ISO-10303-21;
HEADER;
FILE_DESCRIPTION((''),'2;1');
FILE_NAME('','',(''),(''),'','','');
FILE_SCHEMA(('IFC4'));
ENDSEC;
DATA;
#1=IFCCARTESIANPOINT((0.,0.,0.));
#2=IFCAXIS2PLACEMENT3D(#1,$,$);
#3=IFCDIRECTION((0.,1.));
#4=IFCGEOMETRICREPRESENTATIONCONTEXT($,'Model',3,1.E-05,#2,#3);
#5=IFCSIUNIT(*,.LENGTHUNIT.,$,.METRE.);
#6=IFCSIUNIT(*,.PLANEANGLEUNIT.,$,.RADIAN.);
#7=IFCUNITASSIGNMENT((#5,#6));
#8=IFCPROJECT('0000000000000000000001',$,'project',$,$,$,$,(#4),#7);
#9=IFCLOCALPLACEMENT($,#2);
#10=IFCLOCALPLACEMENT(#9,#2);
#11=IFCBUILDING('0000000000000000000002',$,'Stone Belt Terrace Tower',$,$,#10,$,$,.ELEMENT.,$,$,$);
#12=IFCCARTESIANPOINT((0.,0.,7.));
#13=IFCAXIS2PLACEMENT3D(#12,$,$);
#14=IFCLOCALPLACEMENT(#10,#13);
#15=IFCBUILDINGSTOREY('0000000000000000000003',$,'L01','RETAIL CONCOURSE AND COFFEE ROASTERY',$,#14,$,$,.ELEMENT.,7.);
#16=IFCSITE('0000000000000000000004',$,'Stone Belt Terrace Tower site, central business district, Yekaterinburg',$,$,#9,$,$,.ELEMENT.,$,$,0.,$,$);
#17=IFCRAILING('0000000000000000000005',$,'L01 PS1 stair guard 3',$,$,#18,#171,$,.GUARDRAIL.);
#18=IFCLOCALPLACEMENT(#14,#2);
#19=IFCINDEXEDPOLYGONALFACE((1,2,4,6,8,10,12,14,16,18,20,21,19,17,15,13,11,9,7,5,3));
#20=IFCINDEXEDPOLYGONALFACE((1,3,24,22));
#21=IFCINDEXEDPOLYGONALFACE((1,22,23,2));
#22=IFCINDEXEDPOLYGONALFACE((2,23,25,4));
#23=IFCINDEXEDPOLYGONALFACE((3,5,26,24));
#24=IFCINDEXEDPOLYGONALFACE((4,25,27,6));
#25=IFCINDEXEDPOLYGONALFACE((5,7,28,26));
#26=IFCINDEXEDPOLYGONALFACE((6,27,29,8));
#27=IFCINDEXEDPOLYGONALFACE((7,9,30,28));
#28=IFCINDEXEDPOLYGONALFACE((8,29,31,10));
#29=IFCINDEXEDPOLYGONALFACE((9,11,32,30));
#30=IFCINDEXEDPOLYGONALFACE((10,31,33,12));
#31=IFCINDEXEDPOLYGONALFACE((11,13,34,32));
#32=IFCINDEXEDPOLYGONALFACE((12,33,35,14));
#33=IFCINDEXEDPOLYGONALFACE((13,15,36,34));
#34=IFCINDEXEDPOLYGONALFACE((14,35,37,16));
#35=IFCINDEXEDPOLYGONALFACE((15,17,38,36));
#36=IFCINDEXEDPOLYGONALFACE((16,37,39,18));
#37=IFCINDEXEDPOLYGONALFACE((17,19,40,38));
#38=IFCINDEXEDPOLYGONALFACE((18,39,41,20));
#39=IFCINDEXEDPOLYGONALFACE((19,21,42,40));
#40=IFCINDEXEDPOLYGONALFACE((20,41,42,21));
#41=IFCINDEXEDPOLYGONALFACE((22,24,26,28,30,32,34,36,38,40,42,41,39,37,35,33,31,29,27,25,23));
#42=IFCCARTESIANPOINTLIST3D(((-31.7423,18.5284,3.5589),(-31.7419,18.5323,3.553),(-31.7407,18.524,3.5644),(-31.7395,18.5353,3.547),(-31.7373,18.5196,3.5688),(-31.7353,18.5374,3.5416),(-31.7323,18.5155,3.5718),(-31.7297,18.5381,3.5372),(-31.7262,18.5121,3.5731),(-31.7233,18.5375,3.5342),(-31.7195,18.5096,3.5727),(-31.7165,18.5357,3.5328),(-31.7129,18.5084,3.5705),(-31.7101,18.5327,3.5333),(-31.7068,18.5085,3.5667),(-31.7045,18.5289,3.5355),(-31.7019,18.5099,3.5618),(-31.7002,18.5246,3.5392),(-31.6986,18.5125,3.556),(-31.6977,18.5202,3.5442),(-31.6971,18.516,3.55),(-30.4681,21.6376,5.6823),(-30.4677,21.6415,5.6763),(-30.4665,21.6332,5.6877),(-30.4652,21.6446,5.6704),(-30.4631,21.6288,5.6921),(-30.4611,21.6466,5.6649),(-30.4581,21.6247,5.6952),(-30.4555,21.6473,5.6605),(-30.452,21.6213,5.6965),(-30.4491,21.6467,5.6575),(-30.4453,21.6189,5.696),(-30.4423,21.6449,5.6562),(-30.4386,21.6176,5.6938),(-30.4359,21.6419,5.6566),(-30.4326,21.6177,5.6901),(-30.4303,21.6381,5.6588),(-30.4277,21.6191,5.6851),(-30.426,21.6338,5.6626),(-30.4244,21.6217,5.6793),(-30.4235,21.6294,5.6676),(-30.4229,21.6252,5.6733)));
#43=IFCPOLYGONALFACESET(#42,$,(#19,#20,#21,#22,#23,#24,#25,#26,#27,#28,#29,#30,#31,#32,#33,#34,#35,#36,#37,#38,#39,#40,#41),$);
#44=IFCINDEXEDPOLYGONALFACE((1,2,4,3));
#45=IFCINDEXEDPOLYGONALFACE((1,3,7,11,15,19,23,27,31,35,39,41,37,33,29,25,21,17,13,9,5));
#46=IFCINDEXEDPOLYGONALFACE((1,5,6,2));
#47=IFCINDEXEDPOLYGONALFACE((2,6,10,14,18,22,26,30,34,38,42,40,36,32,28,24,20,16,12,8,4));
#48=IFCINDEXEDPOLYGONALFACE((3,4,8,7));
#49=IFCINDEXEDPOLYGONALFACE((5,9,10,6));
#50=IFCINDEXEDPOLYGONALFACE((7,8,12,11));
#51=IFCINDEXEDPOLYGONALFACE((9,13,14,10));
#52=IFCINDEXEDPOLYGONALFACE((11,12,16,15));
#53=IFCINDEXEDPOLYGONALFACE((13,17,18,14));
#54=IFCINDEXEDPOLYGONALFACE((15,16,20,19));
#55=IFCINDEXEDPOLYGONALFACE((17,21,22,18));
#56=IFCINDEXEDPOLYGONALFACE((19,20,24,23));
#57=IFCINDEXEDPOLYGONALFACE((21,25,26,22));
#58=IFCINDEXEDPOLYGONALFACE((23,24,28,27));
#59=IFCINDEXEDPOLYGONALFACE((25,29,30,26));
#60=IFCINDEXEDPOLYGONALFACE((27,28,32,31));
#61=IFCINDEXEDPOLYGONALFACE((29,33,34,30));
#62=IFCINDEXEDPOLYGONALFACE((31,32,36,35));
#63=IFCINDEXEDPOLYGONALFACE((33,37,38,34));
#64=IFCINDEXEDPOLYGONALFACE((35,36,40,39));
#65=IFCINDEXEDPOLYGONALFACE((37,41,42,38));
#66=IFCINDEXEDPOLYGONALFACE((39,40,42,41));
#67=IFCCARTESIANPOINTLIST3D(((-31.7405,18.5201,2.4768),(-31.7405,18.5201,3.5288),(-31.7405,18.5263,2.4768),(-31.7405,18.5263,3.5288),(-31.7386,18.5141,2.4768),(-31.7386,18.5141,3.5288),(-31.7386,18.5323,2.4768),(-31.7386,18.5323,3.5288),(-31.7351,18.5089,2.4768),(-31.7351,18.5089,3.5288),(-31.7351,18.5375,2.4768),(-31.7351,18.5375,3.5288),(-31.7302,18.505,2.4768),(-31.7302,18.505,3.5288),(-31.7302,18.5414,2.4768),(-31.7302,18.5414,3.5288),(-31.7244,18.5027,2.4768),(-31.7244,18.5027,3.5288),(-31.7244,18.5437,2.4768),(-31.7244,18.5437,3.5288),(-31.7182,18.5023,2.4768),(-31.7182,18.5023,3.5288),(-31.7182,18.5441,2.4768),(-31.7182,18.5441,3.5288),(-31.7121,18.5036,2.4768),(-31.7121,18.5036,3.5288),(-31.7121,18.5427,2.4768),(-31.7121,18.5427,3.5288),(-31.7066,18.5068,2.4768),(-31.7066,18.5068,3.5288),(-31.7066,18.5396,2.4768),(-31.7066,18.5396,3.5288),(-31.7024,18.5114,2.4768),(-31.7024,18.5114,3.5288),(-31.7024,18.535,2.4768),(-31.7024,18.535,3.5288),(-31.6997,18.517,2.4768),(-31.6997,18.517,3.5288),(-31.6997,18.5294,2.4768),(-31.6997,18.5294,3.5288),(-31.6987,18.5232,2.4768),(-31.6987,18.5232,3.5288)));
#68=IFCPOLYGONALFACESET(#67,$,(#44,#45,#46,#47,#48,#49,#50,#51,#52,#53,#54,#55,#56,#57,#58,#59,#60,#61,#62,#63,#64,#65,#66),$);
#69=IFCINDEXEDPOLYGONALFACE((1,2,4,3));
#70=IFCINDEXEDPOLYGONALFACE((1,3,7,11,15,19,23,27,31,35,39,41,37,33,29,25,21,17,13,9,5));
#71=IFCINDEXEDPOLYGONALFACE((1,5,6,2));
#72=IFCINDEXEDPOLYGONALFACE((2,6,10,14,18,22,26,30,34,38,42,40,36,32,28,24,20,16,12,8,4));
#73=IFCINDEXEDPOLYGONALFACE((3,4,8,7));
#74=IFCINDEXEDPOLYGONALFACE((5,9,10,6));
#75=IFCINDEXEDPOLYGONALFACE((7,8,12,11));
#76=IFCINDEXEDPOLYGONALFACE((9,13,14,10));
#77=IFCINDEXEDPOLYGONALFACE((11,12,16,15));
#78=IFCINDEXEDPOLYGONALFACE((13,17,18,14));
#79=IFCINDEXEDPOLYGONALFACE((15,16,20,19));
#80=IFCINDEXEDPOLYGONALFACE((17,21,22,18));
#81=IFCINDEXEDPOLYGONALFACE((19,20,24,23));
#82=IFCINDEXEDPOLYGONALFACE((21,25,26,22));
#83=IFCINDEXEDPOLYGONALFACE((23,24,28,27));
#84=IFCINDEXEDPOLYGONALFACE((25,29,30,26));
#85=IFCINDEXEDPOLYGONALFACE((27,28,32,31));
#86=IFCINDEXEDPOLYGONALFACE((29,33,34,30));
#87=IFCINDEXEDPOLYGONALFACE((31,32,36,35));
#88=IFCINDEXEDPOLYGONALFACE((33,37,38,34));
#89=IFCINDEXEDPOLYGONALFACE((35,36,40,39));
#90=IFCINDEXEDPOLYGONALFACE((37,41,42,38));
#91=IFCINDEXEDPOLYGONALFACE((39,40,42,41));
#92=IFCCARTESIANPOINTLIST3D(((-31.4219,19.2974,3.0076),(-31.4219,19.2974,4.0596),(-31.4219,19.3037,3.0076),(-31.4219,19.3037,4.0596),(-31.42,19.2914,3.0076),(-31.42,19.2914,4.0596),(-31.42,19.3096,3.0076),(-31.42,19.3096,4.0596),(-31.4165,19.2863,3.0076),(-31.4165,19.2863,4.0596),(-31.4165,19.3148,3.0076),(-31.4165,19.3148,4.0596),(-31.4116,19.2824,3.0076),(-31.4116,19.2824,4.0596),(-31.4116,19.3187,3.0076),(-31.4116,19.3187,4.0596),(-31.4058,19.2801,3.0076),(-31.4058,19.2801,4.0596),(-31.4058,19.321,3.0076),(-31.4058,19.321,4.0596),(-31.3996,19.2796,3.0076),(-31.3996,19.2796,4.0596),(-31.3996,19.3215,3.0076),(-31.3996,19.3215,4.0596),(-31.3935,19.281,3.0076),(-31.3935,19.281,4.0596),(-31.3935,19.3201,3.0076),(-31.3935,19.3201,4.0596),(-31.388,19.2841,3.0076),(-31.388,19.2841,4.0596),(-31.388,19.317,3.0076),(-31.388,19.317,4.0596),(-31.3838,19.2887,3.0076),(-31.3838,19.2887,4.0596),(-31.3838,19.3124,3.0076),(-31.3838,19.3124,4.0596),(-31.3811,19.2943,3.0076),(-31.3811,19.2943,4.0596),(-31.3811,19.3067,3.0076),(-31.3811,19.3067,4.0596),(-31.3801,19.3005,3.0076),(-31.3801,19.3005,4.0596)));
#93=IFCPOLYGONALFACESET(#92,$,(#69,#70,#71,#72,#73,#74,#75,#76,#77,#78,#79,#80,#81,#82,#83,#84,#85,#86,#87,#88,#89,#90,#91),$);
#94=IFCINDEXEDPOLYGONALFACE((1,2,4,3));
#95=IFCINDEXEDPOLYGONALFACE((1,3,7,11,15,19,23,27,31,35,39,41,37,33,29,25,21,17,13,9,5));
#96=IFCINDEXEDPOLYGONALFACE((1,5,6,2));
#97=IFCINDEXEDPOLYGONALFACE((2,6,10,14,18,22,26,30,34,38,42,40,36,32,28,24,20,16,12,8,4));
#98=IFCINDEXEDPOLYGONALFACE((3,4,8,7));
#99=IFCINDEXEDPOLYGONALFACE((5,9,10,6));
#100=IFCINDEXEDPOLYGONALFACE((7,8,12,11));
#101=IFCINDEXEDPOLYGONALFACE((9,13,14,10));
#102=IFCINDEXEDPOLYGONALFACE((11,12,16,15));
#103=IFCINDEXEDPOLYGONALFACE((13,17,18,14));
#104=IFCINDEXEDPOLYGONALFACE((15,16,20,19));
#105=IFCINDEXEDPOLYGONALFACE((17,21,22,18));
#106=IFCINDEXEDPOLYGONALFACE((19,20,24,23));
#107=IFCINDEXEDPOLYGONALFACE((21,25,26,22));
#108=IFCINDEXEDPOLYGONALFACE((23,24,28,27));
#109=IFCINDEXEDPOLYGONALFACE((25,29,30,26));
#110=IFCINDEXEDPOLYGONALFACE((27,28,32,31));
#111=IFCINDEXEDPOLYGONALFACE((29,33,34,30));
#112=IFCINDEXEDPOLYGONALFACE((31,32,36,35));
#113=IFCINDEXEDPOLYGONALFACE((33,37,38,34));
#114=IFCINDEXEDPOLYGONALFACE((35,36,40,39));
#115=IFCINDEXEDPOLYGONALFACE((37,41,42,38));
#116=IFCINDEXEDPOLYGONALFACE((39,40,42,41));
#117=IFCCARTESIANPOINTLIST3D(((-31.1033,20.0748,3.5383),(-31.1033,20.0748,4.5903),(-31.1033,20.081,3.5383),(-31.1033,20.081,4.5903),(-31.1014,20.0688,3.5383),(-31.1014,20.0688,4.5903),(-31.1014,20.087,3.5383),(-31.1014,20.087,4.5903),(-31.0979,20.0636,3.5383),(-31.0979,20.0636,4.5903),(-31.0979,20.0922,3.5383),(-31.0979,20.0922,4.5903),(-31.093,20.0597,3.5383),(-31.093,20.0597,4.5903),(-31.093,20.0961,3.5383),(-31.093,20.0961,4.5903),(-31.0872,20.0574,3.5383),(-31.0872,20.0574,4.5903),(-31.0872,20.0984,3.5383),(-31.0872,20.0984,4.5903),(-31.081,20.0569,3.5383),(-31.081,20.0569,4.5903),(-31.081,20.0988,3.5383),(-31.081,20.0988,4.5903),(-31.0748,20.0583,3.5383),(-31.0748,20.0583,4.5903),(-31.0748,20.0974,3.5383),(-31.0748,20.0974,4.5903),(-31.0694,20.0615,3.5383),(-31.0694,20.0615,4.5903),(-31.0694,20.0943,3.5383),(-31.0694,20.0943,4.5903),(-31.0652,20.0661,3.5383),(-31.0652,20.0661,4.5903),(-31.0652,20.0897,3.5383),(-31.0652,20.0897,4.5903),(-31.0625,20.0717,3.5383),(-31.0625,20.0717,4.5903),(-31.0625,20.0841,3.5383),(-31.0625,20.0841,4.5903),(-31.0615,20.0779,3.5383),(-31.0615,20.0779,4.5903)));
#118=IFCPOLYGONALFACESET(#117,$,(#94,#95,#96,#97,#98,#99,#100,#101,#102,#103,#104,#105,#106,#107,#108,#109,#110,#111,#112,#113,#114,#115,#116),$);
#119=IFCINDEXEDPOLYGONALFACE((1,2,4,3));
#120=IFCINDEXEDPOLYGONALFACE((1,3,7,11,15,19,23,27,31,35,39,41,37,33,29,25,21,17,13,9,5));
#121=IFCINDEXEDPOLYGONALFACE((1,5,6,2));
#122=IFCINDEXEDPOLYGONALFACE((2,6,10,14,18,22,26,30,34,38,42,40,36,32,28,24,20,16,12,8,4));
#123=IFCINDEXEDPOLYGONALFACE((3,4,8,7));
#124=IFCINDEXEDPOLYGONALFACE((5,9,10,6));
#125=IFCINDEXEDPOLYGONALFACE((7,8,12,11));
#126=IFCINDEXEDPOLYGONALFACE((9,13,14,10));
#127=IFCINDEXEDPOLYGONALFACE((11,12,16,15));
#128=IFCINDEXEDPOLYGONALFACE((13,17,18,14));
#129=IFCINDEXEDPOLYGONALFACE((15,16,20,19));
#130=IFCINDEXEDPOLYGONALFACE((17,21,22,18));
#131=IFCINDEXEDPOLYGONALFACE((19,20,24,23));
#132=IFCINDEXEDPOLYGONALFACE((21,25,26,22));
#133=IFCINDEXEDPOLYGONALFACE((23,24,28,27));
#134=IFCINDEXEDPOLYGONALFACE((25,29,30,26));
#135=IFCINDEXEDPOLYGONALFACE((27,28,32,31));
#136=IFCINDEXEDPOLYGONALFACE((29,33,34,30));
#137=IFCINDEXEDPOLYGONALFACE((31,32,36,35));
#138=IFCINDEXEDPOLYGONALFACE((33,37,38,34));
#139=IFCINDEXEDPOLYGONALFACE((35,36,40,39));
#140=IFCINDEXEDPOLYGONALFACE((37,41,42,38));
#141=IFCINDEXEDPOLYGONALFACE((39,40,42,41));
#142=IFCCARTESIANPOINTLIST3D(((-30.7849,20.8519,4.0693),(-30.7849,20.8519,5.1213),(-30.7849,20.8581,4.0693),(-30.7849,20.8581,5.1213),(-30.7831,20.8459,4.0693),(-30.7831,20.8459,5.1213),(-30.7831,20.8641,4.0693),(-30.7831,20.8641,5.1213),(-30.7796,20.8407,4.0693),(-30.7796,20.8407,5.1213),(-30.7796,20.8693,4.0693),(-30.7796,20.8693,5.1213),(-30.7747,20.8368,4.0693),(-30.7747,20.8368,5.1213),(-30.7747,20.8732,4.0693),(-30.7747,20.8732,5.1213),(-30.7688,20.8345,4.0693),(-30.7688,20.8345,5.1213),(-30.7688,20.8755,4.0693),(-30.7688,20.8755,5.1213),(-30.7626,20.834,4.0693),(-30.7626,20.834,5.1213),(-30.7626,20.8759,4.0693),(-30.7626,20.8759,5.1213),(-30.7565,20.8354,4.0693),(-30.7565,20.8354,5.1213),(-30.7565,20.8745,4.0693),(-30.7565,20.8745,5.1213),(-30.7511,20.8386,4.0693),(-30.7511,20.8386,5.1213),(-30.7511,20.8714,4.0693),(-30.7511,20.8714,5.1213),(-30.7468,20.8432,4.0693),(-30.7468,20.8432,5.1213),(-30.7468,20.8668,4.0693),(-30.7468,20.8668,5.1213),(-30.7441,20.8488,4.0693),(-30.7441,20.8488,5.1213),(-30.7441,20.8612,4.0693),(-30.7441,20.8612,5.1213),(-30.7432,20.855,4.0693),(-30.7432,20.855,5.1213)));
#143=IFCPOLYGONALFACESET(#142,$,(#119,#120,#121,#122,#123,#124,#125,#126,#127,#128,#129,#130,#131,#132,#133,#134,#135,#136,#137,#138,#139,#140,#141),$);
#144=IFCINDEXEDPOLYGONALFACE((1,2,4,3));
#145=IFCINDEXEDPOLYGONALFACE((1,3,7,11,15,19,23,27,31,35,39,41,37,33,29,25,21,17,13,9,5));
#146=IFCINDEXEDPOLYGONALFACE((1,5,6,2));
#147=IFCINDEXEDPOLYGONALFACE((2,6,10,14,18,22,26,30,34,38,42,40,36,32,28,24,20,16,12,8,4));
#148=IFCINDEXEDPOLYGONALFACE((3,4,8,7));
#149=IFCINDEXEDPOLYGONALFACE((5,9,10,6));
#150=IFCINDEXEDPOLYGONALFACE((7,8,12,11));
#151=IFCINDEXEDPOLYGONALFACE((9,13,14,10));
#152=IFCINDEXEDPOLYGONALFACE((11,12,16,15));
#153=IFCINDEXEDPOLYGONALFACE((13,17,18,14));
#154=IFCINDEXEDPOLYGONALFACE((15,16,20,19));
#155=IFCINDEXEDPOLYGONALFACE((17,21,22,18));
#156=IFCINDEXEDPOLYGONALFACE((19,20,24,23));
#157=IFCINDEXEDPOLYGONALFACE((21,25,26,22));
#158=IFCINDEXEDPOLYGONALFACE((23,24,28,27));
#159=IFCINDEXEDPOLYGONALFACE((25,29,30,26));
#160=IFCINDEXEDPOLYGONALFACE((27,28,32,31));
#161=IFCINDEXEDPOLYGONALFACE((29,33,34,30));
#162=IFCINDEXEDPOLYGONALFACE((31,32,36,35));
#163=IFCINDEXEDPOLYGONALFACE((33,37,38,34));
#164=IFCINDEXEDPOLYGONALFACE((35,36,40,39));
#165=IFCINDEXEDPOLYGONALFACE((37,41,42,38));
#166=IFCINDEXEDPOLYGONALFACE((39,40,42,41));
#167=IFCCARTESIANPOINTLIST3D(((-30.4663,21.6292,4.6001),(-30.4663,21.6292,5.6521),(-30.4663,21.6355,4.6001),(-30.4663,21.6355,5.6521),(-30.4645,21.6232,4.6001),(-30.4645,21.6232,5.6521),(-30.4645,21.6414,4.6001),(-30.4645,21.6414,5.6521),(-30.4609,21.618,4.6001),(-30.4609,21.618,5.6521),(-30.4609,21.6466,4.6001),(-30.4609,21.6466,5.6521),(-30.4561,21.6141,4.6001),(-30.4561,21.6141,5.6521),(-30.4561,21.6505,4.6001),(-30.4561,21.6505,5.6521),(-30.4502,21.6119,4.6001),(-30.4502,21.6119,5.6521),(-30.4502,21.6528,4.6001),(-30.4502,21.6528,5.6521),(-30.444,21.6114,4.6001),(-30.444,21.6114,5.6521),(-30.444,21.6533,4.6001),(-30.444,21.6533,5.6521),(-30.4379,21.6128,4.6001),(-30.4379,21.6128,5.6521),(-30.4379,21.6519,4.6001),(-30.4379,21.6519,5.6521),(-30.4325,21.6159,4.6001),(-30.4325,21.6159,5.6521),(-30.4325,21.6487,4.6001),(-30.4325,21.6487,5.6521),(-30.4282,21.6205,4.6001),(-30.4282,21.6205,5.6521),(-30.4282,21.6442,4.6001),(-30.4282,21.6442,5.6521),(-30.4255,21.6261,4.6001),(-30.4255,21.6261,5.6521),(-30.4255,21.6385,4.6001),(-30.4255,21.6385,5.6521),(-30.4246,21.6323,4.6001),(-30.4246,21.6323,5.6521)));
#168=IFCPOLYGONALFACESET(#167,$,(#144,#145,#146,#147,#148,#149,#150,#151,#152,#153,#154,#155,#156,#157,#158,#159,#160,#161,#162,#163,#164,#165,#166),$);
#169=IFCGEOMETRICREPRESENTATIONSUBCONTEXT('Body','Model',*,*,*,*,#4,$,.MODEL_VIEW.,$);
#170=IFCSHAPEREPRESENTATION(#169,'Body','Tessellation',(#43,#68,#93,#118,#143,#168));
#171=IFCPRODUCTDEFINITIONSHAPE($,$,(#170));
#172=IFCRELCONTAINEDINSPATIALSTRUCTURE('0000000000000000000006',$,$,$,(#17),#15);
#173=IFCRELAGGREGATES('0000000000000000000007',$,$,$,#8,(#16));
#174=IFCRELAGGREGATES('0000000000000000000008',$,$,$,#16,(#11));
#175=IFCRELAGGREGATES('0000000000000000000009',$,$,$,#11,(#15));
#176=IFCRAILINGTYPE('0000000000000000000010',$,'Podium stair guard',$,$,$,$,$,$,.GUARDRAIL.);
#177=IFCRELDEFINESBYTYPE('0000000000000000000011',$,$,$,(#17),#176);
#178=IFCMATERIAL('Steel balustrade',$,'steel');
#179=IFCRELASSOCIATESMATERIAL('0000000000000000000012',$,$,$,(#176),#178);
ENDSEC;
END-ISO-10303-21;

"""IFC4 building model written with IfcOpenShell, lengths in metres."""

from ifc_helpers import new_model, si_unit, direction, frame, origin, origin_2d, place, context, subcontext, project, spatial, circle, extrude, material, type_object, element, save


model = new_model("IFC4")

# Units and contexts
model_context = context("Model", 3, precision=1e-05, world=origin(), true_north=direction((0.0, 1.0)))
body_context = subcontext(model_context, "Body", "Model", "MODEL_VIEW")
ifc_project = project(units=[si_unit("LENGTHUNIT", "METRE"), si_unit("PLANEANGLEUNIT", "RADIAN")], contexts=[model_context])

# Site, building, storey
site_placement = place(None, origin())
site = spatial("IfcSite", under=ifc_project, at=site_placement, Name="Stone Belt Terrace Tower site, central business district, Yekaterinburg", CompositionType="ELEMENT", RefElevation=0.0)
building_placement = place(site_placement, origin())
building = spatial("IfcBuilding", under=site, at=building_placement, Name="Stone Belt Terrace Tower", CompositionType="ELEMENT")
storey_placement = place(building_placement, frame((0.0, 0.0, 7.0)))
storey = spatial("IfcBuildingStorey", under=building, at=storey_placement, Name="L01", Description="RETAIL CONCOURSE AND COFFEE ROASTERY", CompositionType="ELEMENT", Elevation=7.0)

# Railing
ifc_material_1 = material(Name="Steel balustrade", Category="steel")
railing_type_1 = type_object("IfcRailingType", Name="Podium stair guard", PredefinedType="GUARDRAIL", material=ifc_material_1)
railing_1_placement = place(storey_placement, frame((-31.7197, 18.5232, 2.4768)))
element("IfcRailing", 1, at=railing_1_placement, inside=storey, type_object=railing_type_1, Name="L01 PS1 stair guard 3", PredefinedType="GUARDRAIL", context=body_context, shape_type="SweptSolid", body=[
    extrude(circle(Radius=0.0239, at=origin_2d()), frame((0.0, 0.0, 1.0762), z_axis=(0.320567, 0.782222, 0.534196), x_axis=(-0.925312, 0.379207, 0.0)), (0.0, 0.0, 1.0), 3.9749),
    extrude(circle(Radius=0.021, at=origin_2d()), origin(), (0.0, 0.0, 1.0), 1.052),
    extrude(circle(Radius=0.021, at=origin_2d()), frame((0.3186, 0.7773, 0.5308)), (0.0, 0.0, 1.0), 1.052),
    extrude(circle(Radius=0.021, at=origin_2d()), frame((0.6372, 1.5547, 1.0615)), (0.0, 0.0, 1.0), 1.052),
    extrude(circle(Radius=0.021, at=origin_2d()), frame((0.9556, 2.3318, 1.5925)), (0.0, 0.0, 1.0), 1.052),
    extrude(circle(Radius=0.021, at=origin_2d()), frame((1.2742, 3.1091, 2.1233)), (0.0, 0.0, 1.0), 1.052),
])

save(model, "model.ifc")
